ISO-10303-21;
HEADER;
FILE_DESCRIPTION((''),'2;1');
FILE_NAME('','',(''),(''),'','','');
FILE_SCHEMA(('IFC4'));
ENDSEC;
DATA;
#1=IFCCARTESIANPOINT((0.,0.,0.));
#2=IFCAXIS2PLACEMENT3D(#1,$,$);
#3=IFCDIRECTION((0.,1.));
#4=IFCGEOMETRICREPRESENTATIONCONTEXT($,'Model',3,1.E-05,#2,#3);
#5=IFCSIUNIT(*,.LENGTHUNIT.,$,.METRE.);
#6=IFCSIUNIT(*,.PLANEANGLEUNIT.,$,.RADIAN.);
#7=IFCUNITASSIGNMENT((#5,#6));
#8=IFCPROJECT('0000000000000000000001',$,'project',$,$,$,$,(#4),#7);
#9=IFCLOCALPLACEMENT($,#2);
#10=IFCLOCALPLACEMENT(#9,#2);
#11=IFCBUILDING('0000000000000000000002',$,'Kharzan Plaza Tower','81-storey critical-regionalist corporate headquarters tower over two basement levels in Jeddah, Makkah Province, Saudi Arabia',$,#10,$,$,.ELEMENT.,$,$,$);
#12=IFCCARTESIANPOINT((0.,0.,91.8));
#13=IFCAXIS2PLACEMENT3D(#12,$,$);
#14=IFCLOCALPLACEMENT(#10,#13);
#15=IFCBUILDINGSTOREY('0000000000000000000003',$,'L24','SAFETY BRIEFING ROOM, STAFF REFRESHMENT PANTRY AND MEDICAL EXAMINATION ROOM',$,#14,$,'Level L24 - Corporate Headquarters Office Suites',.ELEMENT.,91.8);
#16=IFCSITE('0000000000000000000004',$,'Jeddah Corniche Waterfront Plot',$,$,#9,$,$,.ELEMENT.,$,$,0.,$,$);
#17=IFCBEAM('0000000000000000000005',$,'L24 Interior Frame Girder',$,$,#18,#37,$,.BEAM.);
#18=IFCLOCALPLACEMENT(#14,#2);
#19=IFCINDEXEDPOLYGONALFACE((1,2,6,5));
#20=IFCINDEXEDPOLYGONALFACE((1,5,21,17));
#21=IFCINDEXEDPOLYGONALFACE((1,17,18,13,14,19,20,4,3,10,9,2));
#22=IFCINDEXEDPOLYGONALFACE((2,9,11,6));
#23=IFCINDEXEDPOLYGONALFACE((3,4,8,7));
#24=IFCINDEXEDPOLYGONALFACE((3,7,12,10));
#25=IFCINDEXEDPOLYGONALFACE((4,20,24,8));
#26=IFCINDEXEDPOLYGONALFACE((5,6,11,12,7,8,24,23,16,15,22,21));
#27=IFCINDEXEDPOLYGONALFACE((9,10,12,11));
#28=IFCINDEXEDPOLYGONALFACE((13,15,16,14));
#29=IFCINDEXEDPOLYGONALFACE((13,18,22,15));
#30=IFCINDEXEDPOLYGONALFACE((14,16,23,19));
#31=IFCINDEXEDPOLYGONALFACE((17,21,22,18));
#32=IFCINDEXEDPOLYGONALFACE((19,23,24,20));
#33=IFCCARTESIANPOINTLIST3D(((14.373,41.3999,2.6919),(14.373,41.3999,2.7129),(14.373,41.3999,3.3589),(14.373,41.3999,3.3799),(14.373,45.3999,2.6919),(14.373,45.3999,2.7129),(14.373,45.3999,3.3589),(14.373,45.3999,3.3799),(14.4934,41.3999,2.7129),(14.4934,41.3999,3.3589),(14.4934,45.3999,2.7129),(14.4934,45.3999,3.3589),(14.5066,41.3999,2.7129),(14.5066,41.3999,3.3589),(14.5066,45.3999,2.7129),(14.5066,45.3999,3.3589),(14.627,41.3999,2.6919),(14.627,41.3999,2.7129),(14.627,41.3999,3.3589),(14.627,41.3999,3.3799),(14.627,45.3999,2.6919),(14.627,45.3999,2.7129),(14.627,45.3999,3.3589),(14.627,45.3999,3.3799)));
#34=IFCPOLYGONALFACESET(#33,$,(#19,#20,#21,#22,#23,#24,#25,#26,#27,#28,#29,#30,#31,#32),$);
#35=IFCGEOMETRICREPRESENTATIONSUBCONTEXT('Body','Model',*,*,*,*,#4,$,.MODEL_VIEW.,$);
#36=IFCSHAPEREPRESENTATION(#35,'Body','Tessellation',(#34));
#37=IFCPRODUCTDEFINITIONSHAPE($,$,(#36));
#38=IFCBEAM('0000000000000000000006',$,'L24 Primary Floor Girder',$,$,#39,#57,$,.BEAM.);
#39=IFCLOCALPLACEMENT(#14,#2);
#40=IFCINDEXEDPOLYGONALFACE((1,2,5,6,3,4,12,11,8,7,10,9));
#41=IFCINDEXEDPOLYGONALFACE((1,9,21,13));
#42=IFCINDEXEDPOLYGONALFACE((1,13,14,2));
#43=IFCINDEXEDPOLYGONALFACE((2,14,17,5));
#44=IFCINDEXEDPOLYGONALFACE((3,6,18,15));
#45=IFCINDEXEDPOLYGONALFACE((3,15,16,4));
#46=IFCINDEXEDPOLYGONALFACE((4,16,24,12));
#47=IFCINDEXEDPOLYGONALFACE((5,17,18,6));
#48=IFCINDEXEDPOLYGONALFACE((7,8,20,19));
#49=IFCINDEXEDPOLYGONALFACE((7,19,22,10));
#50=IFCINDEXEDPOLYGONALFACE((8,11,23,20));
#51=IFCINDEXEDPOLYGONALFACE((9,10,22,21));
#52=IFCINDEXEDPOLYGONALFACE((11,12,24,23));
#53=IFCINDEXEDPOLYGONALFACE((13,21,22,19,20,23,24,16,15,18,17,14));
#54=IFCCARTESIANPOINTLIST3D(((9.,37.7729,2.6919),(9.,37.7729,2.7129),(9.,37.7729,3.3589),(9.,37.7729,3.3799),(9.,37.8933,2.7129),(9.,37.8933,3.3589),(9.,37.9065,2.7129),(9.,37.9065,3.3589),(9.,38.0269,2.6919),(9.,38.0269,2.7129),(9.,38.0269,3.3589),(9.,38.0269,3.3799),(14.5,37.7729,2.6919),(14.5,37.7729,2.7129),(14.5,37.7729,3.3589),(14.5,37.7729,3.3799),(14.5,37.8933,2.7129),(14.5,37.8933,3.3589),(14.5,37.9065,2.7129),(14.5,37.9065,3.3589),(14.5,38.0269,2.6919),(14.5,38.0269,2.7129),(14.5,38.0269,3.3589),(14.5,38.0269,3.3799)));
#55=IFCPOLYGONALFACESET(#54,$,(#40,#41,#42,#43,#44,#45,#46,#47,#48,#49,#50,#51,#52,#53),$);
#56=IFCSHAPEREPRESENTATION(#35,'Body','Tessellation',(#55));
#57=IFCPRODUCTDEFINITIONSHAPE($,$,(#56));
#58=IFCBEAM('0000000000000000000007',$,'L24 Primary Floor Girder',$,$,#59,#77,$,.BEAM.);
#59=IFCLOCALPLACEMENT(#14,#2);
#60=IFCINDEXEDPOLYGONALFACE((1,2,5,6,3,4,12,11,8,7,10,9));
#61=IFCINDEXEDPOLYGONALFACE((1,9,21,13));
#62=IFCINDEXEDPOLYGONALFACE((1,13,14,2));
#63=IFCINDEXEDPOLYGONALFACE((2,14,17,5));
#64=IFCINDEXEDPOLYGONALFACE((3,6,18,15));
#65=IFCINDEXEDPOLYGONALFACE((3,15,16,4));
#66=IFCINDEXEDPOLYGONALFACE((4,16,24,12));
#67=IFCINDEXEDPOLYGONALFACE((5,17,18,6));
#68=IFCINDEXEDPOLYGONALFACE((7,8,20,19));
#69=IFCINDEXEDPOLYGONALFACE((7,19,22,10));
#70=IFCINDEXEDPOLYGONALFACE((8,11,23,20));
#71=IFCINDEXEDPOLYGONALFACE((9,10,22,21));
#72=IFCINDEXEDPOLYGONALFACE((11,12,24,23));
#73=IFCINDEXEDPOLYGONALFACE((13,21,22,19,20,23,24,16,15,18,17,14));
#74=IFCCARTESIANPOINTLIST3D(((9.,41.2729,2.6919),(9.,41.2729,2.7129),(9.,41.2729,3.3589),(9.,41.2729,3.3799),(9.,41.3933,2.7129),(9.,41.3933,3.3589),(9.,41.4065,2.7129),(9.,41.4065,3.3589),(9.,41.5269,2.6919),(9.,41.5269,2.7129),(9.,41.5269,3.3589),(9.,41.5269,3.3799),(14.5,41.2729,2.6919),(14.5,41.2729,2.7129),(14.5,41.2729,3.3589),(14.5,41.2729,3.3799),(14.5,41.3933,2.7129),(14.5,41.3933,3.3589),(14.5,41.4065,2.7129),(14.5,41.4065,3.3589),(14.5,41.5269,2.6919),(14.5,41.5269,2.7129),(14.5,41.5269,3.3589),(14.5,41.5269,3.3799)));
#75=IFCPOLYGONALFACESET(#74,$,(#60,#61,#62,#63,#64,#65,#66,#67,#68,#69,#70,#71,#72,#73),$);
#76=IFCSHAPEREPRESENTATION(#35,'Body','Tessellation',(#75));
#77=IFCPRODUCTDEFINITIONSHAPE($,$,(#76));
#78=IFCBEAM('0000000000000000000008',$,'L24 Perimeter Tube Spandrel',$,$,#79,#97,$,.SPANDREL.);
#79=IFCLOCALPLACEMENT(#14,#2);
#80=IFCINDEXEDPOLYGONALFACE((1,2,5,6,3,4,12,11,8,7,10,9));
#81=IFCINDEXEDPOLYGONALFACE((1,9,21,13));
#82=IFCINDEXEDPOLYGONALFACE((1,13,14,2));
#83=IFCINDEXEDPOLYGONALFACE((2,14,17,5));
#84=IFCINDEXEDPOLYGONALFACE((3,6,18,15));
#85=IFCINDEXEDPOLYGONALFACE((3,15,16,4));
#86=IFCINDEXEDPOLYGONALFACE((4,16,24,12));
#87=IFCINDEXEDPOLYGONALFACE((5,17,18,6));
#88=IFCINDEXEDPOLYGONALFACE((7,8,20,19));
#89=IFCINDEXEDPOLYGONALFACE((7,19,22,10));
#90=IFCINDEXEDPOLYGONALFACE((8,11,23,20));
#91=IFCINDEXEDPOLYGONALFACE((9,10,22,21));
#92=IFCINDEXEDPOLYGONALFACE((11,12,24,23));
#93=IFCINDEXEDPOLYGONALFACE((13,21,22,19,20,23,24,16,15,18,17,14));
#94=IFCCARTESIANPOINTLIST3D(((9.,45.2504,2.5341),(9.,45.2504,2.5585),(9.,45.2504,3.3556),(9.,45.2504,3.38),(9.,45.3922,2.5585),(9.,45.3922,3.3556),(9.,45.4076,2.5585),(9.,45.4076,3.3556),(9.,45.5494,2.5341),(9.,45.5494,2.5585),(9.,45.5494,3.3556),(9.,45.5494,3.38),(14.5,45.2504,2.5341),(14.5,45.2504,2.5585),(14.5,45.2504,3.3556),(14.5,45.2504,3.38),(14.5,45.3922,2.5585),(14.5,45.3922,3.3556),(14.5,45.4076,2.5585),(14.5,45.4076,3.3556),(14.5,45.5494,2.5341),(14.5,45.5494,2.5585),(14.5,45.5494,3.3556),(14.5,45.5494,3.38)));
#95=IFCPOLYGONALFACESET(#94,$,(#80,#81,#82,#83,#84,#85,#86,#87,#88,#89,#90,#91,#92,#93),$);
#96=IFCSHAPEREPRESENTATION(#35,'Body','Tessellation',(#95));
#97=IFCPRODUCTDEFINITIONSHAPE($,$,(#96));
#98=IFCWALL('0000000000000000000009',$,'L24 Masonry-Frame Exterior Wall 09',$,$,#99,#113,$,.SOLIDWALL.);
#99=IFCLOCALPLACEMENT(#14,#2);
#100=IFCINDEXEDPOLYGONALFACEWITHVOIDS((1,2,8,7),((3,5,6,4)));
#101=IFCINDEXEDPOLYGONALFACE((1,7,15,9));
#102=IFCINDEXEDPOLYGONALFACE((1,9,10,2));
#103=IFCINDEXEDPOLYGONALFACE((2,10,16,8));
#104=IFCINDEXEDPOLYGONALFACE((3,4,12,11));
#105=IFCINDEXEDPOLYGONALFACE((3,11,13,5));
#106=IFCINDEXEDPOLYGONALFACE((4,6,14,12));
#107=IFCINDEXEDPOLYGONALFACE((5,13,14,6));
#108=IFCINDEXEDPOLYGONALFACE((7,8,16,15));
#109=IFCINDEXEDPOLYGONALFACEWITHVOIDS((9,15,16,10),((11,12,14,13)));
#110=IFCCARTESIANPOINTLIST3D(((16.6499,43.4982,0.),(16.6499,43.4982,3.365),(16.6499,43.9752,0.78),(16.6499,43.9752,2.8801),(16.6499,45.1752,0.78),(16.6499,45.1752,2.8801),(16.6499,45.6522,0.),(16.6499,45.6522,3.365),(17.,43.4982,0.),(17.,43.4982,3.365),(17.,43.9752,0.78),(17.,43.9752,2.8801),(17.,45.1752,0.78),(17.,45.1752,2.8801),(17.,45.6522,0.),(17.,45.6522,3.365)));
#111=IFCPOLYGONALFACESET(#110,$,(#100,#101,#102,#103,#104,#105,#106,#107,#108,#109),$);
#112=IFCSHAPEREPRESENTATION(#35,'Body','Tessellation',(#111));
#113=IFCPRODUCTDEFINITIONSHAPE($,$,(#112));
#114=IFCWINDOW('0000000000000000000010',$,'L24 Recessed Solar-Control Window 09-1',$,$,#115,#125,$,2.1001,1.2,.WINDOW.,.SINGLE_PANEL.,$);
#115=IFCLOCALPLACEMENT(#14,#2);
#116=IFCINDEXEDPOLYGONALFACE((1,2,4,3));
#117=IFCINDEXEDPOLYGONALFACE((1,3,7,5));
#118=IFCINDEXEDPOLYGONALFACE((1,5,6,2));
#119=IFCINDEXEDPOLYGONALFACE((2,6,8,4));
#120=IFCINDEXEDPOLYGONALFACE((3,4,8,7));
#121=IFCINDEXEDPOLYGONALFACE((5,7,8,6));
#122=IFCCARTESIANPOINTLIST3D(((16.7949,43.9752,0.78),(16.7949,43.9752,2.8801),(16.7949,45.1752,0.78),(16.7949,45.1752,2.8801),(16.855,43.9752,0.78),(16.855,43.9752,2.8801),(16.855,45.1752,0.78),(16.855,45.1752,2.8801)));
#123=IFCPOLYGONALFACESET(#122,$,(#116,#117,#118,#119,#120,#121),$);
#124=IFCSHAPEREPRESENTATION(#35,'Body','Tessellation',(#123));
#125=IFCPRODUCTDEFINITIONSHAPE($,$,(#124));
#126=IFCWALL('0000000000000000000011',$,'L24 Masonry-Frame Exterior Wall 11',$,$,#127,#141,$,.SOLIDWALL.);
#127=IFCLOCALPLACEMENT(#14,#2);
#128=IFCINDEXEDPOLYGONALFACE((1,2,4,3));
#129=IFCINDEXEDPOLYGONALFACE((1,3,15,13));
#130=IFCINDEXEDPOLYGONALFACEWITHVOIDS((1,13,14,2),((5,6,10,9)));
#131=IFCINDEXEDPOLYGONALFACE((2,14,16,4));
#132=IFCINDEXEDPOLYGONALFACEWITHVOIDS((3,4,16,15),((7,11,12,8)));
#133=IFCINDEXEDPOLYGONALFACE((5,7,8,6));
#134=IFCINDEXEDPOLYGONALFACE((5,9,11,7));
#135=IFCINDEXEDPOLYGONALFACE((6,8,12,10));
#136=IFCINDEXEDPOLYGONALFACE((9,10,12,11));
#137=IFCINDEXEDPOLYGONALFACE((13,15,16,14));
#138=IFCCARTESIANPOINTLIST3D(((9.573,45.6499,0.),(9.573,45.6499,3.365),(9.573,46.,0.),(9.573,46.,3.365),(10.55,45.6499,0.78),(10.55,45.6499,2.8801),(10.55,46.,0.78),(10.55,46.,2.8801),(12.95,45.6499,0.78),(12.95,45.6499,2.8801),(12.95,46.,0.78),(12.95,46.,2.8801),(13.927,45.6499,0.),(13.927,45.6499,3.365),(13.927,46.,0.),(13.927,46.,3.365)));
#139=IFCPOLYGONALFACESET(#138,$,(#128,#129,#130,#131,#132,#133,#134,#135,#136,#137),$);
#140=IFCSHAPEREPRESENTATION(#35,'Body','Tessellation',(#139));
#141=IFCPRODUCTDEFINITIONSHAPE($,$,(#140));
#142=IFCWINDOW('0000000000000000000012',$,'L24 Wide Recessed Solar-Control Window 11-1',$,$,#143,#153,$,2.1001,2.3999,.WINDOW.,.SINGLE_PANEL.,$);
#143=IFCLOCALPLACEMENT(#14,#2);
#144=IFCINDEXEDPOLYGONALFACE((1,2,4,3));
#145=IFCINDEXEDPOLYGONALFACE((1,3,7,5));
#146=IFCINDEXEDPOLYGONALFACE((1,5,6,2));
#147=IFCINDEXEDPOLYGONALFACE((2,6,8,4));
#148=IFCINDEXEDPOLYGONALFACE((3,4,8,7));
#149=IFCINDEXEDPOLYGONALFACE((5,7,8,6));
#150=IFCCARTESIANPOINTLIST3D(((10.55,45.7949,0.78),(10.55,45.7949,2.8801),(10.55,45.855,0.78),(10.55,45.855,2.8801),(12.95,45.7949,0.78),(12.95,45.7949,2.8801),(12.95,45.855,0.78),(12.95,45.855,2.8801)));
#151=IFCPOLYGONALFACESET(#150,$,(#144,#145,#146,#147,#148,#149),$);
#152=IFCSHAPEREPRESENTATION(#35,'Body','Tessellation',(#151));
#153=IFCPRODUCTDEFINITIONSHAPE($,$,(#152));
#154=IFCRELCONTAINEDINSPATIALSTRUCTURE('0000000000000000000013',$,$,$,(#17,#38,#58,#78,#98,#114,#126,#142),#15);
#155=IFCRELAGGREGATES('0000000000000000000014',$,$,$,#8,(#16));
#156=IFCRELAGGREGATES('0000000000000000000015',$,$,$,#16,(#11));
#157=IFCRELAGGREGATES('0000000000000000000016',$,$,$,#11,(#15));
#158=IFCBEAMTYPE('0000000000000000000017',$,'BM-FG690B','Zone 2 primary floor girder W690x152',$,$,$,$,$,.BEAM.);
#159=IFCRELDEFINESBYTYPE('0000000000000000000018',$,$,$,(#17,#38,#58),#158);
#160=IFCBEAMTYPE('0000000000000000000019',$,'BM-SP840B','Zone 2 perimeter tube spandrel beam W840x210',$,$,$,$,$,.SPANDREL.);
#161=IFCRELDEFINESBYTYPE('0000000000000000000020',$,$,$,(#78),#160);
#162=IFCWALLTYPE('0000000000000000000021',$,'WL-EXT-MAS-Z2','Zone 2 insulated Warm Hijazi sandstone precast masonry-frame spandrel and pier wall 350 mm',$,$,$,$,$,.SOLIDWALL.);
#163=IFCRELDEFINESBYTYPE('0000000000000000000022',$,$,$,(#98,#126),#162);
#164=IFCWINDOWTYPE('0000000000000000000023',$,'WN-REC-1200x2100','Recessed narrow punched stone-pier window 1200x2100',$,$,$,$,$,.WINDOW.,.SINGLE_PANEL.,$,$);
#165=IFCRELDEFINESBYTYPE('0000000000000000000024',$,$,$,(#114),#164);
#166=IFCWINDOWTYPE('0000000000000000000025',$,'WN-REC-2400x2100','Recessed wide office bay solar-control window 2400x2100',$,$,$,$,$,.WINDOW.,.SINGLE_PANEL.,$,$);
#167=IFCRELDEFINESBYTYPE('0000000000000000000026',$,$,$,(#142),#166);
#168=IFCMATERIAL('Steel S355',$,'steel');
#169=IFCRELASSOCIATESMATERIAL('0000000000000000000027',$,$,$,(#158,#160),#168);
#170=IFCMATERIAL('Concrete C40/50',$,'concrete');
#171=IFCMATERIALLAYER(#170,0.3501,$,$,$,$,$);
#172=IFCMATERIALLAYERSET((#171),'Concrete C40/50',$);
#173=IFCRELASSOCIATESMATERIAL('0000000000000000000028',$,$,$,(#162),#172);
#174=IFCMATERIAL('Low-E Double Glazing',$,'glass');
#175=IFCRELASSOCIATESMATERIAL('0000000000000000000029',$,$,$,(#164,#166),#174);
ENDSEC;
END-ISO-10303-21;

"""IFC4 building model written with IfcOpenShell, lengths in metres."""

from ifc_helpers import new_model, si_unit, direction, frame, frame_2d, origin, origin_2d, place, context, subcontext, project, spatial, rectangle, i_section, extrude, source, transform, mapped, material, layer, layer_set, material_profile, profile_set, type_object, element, fill, save


model = new_model("IFC4")

# Units and contexts
model_context = context("Model", 3, precision=1e-05, world=origin(), true_north=direction((0.0, 1.0)))
body_context = subcontext(model_context, "Body", "Model", "MODEL_VIEW")
ifc_project = project(units=[si_unit("LENGTHUNIT", "METRE"), si_unit("PLANEANGLEUNIT", "RADIAN")], contexts=[model_context])

# Site, building, storey
site_placement = place(None, origin())
site = spatial("IfcSite", under=ifc_project, at=site_placement, Name="Jeddah Corniche Waterfront Plot", CompositionType="ELEMENT", RefElevation=0.0)
building_placement = place(site_placement, origin())
building = spatial("IfcBuilding", under=site, at=building_placement, Name="Kharzan Plaza Tower", Description="81-storey critical-regionalist corporate headquarters tower over two basement levels in Jeddah, Makkah Province, Saudi Arabia", CompositionType="ELEMENT")
storey_placement = place(building_placement, frame((0.0, 0.0, 91.8)))
storey = spatial("IfcBuildingStorey", under=building, at=storey_placement, Name="L24", Description="SAFETY BRIEFING ROOM, STAFF REFRESHMENT PANTRY AND MEDICAL EXAMINATION ROOM", LongName="Level L24 - Corporate Headquarters Office Suites", CompositionType="ELEMENT", Elevation=91.8)

# Beams
ifc_material_1 = material(Name="Steel S355", Category="steel")
ifc_material_profile_1 = material_profile(ifc_material_1, i_section(OverallWidth=0.2539, OverallDepth=0.688, WebThickness=0.0132, FlangeThickness=0.021, at=origin_2d()), Name="W690x152")
ifc_profile_set_1 = profile_set([ifc_material_profile_1], Name="Steel S355")
beam_type_1 = type_object("IfcBeamType", Name="BM-FG690B", Description="Zone 2 primary floor girder W690x152", PredefinedType="BEAM", material=ifc_profile_set_1)
shared_shape_1 = source(origin(), body_context, "Body", "SweptSolid", [
    extrude(i_section(OverallWidth=0.2539, OverallDepth=0.688, WebThickness=0.0132, FlangeThickness=0.021, at=origin_2d()), origin(), (0.0, 0.0, 1.0), 4.0),
])
for number, where, z_axis, x_axis, name in (
    (1, (14.5, 41.3999, 3.0359), (0.0, 1.0, 0.0), (-1.0, 0.0, 0.0), "L24 Interior Frame Girder"),
):
    element("IfcBeam", number, at=place(storey_placement, frame(where, z_axis=z_axis, x_axis=x_axis)), inside=storey, type_object=beam_type_1, Name=name, PredefinedType="BEAM", context=body_context, shape_type="MappedRepresentation", body=[
        mapped(shared_shape_1, transform((0.0, 0.0, 0.0), x_axis=(1.0, 0.0, 0.0), y_axis=(0.0, 1.0, 0.0), z_axis=(0.0, 0.0, 1.0))),
    ])
shared_shape_2 = source(origin(), body_context, "Body", "SweptSolid", [
    extrude(i_section(OverallWidth=0.2539, OverallDepth=0.688, WebThickness=0.0132, FlangeThickness=0.021, at=origin_2d()), origin(), (0.0, 0.0, 1.0), 5.5),
])
for number, where, z_axis, x_axis, name in (
    (2, (9.0, 37.8999, 3.0359), (1.0, 0.0, 0.0), (0.0, 1.0, 0.0), "L24 Primary Floor Girder"),
    (3, (9.0, 41.3999, 3.0359), (1.0, 0.0, 0.0), (0.0, 1.0, 0.0), "L24 Primary Floor Girder"),
):
    element("IfcBeam", number, at=place(storey_placement, frame(where, z_axis=z_axis, x_axis=x_axis)), inside=storey, type_object=beam_type_1, Name=name, PredefinedType="BEAM", context=body_context, shape_type="MappedRepresentation", body=[
        mapped(shared_shape_2, transform((0.0, 0.0, 0.0), x_axis=(1.0, 0.0, 0.0), y_axis=(0.0, 1.0, 0.0), z_axis=(0.0, 0.0, 1.0))),
    ])
ifc_material_profile_2 = material_profile(ifc_material_1, i_section(OverallWidth=0.2991, OverallDepth=0.8459, WebThickness=0.0154, FlangeThickness=0.0244, at=origin_2d()), Name="W840x210")
ifc_profile_set_2 = profile_set([ifc_material_profile_2], Name="Steel S355")
beam_type_2 = type_object("IfcBeamType", Name="BM-SP840B", Description="Zone 2 perimeter tube spandrel beam W840x210", PredefinedType="SPANDREL", material=ifc_profile_set_2)
shared_shape_3 = source(origin(), body_context, "Body", "SweptSolid", [
    extrude(i_section(OverallWidth=0.2991, OverallDepth=0.8459, WebThickness=0.0154, FlangeThickness=0.0244, at=origin_2d()), origin(), (0.0, 0.0, 1.0), 5.5),
])
beam_placement = place(storey_placement, frame((9.0, 45.3999, 2.957), z_axis=(1.0, 0.0, 0.0), x_axis=(0.0, 1.0, 0.0)))
element("IfcBeam", 4, at=beam_placement, inside=storey, type_object=beam_type_2, Name="L24 Perimeter Tube Spandrel", PredefinedType="SPANDREL", context=body_context, shape_type="MappedRepresentation", body=[
    mapped(shared_shape_3, transform((0.0, 0.0, 0.0), x_axis=(1.0, 0.0, 0.0), y_axis=(0.0, 1.0, 0.0), z_axis=(0.0, 0.0, 1.0))),
])

# Walls, openings, windows
ifc_material_2 = material(Name="Concrete C40/50", Category="concrete")
ifc_layer_1 = layer(ifc_material_2, 0.3501)
ifc_layer_set_1 = layer_set([ifc_layer_1], Name="Concrete C40/50")
wall_type_1 = type_object("IfcWallType", Name="WL-EXT-MAS-Z2", Description="Zone 2 insulated Warm Hijazi sandstone precast masonry-frame spandrel and pier wall 350 mm", PredefinedType="SOLIDWALL", material=ifc_layer_set_1)
wall_1_placement = place(storey_placement, frame((16.825, 43.498, 0.0), z_axis=(0.0, 0.0, 1.0), x_axis=(0.0, 1.0, 0.0)))
wall_1 = element("IfcWall", 5, at=wall_1_placement, inside=storey, type_object=wall_type_1, Name="L24 Masonry-Frame Exterior Wall 09", PredefinedType="SOLIDWALL", context=body_context, shape_type="SweptSolid", body=[
    extrude(rectangle(XDim=2.1541, YDim=0.3501, at=frame_2d((1.0771, 0.0))), origin(), (0.0, 0.0, 1.0), 3.365),
])
opening_1_placement = place(wall_1_placement, frame((0.4771, 0.0, 0.78)))
opening_1 = element("IfcOpeningElement", 6, at=opening_1_placement, cuts=wall_1, PredefinedType="OPENING", context=body_context, shape_type="SweptSolid", body=[
    extrude(rectangle(XDim=1.2, YDim=2.1001, at=frame_2d((0.6001, 1.05))), frame((0.0, 0.1851, 0.0), z_axis=(0.0, -1.0, 0.0), x_axis=(1.0, 0.0, 0.0)), (0.0, 0.0, 1.0), 0.3701),
])
ifc_material_3 = material(Name="Low-E Double Glazing", Category="glass")
window_type_1 = type_object("IfcWindowType", Name="WN-REC-1200x2100", Description="Recessed narrow punched stone-pier window 1200x2100", PartitioningType="SINGLE_PANEL", PredefinedType="WINDOW", material=ifc_material_3)
shared_shape_4 = source(origin(), body_context, "Body", "SweptSolid", [
    extrude(rectangle(XDim=1.2, YDim=2.1001, at=frame_2d((0.6001, 1.05))), frame((0.0, 0.03, 0.0), z_axis=(0.0, -1.0, 0.0), x_axis=(1.0, 0.0, 0.0)), (0.0, 0.0, 1.0), 0.0601),
])
window_1_placement = place(opening_1_placement, origin())
window_1 = element("IfcWindow", 7, at=window_1_placement, inside=storey, type_object=window_type_1, Name="L24 Recessed Solar-Control Window 09-1", OverallHeight=2.1001, OverallWidth=1.2, PartitioningType="SINGLE_PANEL", PredefinedType="WINDOW", context=body_context, shape_type="MappedRepresentation", body=[
    mapped(shared_shape_4, transform((0.0, 0.0, 0.0), x_axis=(1.0, 0.0, 0.0), y_axis=(0.0, 1.0, 0.0), z_axis=(0.0, 0.0, 1.0))),
])
fill(opening_1, window_1)
wall_2_placement = place(storey_placement, frame((13.927, 45.825, 0.0), z_axis=(0.0, 0.0, 1.0), x_axis=(-1.0, 0.0, 0.0)))
wall_2 = element("IfcWall", 8, at=wall_2_placement, inside=storey, type_object=wall_type_1, Name="L24 Masonry-Frame Exterior Wall 11", PredefinedType="SOLIDWALL", context=body_context, shape_type="SweptSolid", body=[
    extrude(rectangle(XDim=4.354, YDim=0.3501, at=frame_2d((2.177, 0.0))), origin(), (0.0, 0.0, 1.0), 3.365),
])
opening_2_placement = place(wall_2_placement, frame((0.9771, 0.0, 0.78)))
opening_2 = element("IfcOpeningElement", 9, at=opening_2_placement, cuts=wall_2, PredefinedType="OPENING", context=body_context, shape_type="SweptSolid", body=[
    extrude(rectangle(XDim=2.3999, YDim=2.1001, at=frame_2d((1.2, 1.05))), frame((0.0, 0.1851, 0.0), z_axis=(0.0, -1.0, 0.0), x_axis=(1.0, 0.0, 0.0)), (0.0, 0.0, 1.0), 0.3701),
])
window_type_2 = type_object("IfcWindowType", Name="WN-REC-2400x2100", Description="Recessed wide office bay solar-control window 2400x2100", PartitioningType="SINGLE_PANEL", PredefinedType="WINDOW", material=ifc_material_3)
shared_shape_5 = source(origin(), body_context, "Body", "SweptSolid", [
    extrude(rectangle(XDim=2.3999, YDim=2.1001, at=frame_2d((1.2, 1.05))), frame((0.0, 0.03, 0.0), z_axis=(0.0, -1.0, 0.0), x_axis=(1.0, 0.0, 0.0)), (0.0, 0.0, 1.0), 0.0601),
])
window_2_placement = place(opening_2_placement, origin())
window_2 = element("IfcWindow", 10, at=window_2_placement, inside=storey, type_object=window_type_2, Name="L24 Wide Recessed Solar-Control Window 11-1", OverallHeight=2.1001, OverallWidth=2.3999, PartitioningType="SINGLE_PANEL", PredefinedType="WINDOW", context=body_context, shape_type="MappedRepresentation", body=[
    mapped(shared_shape_5, transform((0.0, 0.0, 0.0), x_axis=(1.0, 0.0, 0.0), y_axis=(0.0, 1.0, 0.0), z_axis=(0.0, 0.0, 1.0))),
])
fill(opening_2, window_2)

save(model, "model.ifc")
